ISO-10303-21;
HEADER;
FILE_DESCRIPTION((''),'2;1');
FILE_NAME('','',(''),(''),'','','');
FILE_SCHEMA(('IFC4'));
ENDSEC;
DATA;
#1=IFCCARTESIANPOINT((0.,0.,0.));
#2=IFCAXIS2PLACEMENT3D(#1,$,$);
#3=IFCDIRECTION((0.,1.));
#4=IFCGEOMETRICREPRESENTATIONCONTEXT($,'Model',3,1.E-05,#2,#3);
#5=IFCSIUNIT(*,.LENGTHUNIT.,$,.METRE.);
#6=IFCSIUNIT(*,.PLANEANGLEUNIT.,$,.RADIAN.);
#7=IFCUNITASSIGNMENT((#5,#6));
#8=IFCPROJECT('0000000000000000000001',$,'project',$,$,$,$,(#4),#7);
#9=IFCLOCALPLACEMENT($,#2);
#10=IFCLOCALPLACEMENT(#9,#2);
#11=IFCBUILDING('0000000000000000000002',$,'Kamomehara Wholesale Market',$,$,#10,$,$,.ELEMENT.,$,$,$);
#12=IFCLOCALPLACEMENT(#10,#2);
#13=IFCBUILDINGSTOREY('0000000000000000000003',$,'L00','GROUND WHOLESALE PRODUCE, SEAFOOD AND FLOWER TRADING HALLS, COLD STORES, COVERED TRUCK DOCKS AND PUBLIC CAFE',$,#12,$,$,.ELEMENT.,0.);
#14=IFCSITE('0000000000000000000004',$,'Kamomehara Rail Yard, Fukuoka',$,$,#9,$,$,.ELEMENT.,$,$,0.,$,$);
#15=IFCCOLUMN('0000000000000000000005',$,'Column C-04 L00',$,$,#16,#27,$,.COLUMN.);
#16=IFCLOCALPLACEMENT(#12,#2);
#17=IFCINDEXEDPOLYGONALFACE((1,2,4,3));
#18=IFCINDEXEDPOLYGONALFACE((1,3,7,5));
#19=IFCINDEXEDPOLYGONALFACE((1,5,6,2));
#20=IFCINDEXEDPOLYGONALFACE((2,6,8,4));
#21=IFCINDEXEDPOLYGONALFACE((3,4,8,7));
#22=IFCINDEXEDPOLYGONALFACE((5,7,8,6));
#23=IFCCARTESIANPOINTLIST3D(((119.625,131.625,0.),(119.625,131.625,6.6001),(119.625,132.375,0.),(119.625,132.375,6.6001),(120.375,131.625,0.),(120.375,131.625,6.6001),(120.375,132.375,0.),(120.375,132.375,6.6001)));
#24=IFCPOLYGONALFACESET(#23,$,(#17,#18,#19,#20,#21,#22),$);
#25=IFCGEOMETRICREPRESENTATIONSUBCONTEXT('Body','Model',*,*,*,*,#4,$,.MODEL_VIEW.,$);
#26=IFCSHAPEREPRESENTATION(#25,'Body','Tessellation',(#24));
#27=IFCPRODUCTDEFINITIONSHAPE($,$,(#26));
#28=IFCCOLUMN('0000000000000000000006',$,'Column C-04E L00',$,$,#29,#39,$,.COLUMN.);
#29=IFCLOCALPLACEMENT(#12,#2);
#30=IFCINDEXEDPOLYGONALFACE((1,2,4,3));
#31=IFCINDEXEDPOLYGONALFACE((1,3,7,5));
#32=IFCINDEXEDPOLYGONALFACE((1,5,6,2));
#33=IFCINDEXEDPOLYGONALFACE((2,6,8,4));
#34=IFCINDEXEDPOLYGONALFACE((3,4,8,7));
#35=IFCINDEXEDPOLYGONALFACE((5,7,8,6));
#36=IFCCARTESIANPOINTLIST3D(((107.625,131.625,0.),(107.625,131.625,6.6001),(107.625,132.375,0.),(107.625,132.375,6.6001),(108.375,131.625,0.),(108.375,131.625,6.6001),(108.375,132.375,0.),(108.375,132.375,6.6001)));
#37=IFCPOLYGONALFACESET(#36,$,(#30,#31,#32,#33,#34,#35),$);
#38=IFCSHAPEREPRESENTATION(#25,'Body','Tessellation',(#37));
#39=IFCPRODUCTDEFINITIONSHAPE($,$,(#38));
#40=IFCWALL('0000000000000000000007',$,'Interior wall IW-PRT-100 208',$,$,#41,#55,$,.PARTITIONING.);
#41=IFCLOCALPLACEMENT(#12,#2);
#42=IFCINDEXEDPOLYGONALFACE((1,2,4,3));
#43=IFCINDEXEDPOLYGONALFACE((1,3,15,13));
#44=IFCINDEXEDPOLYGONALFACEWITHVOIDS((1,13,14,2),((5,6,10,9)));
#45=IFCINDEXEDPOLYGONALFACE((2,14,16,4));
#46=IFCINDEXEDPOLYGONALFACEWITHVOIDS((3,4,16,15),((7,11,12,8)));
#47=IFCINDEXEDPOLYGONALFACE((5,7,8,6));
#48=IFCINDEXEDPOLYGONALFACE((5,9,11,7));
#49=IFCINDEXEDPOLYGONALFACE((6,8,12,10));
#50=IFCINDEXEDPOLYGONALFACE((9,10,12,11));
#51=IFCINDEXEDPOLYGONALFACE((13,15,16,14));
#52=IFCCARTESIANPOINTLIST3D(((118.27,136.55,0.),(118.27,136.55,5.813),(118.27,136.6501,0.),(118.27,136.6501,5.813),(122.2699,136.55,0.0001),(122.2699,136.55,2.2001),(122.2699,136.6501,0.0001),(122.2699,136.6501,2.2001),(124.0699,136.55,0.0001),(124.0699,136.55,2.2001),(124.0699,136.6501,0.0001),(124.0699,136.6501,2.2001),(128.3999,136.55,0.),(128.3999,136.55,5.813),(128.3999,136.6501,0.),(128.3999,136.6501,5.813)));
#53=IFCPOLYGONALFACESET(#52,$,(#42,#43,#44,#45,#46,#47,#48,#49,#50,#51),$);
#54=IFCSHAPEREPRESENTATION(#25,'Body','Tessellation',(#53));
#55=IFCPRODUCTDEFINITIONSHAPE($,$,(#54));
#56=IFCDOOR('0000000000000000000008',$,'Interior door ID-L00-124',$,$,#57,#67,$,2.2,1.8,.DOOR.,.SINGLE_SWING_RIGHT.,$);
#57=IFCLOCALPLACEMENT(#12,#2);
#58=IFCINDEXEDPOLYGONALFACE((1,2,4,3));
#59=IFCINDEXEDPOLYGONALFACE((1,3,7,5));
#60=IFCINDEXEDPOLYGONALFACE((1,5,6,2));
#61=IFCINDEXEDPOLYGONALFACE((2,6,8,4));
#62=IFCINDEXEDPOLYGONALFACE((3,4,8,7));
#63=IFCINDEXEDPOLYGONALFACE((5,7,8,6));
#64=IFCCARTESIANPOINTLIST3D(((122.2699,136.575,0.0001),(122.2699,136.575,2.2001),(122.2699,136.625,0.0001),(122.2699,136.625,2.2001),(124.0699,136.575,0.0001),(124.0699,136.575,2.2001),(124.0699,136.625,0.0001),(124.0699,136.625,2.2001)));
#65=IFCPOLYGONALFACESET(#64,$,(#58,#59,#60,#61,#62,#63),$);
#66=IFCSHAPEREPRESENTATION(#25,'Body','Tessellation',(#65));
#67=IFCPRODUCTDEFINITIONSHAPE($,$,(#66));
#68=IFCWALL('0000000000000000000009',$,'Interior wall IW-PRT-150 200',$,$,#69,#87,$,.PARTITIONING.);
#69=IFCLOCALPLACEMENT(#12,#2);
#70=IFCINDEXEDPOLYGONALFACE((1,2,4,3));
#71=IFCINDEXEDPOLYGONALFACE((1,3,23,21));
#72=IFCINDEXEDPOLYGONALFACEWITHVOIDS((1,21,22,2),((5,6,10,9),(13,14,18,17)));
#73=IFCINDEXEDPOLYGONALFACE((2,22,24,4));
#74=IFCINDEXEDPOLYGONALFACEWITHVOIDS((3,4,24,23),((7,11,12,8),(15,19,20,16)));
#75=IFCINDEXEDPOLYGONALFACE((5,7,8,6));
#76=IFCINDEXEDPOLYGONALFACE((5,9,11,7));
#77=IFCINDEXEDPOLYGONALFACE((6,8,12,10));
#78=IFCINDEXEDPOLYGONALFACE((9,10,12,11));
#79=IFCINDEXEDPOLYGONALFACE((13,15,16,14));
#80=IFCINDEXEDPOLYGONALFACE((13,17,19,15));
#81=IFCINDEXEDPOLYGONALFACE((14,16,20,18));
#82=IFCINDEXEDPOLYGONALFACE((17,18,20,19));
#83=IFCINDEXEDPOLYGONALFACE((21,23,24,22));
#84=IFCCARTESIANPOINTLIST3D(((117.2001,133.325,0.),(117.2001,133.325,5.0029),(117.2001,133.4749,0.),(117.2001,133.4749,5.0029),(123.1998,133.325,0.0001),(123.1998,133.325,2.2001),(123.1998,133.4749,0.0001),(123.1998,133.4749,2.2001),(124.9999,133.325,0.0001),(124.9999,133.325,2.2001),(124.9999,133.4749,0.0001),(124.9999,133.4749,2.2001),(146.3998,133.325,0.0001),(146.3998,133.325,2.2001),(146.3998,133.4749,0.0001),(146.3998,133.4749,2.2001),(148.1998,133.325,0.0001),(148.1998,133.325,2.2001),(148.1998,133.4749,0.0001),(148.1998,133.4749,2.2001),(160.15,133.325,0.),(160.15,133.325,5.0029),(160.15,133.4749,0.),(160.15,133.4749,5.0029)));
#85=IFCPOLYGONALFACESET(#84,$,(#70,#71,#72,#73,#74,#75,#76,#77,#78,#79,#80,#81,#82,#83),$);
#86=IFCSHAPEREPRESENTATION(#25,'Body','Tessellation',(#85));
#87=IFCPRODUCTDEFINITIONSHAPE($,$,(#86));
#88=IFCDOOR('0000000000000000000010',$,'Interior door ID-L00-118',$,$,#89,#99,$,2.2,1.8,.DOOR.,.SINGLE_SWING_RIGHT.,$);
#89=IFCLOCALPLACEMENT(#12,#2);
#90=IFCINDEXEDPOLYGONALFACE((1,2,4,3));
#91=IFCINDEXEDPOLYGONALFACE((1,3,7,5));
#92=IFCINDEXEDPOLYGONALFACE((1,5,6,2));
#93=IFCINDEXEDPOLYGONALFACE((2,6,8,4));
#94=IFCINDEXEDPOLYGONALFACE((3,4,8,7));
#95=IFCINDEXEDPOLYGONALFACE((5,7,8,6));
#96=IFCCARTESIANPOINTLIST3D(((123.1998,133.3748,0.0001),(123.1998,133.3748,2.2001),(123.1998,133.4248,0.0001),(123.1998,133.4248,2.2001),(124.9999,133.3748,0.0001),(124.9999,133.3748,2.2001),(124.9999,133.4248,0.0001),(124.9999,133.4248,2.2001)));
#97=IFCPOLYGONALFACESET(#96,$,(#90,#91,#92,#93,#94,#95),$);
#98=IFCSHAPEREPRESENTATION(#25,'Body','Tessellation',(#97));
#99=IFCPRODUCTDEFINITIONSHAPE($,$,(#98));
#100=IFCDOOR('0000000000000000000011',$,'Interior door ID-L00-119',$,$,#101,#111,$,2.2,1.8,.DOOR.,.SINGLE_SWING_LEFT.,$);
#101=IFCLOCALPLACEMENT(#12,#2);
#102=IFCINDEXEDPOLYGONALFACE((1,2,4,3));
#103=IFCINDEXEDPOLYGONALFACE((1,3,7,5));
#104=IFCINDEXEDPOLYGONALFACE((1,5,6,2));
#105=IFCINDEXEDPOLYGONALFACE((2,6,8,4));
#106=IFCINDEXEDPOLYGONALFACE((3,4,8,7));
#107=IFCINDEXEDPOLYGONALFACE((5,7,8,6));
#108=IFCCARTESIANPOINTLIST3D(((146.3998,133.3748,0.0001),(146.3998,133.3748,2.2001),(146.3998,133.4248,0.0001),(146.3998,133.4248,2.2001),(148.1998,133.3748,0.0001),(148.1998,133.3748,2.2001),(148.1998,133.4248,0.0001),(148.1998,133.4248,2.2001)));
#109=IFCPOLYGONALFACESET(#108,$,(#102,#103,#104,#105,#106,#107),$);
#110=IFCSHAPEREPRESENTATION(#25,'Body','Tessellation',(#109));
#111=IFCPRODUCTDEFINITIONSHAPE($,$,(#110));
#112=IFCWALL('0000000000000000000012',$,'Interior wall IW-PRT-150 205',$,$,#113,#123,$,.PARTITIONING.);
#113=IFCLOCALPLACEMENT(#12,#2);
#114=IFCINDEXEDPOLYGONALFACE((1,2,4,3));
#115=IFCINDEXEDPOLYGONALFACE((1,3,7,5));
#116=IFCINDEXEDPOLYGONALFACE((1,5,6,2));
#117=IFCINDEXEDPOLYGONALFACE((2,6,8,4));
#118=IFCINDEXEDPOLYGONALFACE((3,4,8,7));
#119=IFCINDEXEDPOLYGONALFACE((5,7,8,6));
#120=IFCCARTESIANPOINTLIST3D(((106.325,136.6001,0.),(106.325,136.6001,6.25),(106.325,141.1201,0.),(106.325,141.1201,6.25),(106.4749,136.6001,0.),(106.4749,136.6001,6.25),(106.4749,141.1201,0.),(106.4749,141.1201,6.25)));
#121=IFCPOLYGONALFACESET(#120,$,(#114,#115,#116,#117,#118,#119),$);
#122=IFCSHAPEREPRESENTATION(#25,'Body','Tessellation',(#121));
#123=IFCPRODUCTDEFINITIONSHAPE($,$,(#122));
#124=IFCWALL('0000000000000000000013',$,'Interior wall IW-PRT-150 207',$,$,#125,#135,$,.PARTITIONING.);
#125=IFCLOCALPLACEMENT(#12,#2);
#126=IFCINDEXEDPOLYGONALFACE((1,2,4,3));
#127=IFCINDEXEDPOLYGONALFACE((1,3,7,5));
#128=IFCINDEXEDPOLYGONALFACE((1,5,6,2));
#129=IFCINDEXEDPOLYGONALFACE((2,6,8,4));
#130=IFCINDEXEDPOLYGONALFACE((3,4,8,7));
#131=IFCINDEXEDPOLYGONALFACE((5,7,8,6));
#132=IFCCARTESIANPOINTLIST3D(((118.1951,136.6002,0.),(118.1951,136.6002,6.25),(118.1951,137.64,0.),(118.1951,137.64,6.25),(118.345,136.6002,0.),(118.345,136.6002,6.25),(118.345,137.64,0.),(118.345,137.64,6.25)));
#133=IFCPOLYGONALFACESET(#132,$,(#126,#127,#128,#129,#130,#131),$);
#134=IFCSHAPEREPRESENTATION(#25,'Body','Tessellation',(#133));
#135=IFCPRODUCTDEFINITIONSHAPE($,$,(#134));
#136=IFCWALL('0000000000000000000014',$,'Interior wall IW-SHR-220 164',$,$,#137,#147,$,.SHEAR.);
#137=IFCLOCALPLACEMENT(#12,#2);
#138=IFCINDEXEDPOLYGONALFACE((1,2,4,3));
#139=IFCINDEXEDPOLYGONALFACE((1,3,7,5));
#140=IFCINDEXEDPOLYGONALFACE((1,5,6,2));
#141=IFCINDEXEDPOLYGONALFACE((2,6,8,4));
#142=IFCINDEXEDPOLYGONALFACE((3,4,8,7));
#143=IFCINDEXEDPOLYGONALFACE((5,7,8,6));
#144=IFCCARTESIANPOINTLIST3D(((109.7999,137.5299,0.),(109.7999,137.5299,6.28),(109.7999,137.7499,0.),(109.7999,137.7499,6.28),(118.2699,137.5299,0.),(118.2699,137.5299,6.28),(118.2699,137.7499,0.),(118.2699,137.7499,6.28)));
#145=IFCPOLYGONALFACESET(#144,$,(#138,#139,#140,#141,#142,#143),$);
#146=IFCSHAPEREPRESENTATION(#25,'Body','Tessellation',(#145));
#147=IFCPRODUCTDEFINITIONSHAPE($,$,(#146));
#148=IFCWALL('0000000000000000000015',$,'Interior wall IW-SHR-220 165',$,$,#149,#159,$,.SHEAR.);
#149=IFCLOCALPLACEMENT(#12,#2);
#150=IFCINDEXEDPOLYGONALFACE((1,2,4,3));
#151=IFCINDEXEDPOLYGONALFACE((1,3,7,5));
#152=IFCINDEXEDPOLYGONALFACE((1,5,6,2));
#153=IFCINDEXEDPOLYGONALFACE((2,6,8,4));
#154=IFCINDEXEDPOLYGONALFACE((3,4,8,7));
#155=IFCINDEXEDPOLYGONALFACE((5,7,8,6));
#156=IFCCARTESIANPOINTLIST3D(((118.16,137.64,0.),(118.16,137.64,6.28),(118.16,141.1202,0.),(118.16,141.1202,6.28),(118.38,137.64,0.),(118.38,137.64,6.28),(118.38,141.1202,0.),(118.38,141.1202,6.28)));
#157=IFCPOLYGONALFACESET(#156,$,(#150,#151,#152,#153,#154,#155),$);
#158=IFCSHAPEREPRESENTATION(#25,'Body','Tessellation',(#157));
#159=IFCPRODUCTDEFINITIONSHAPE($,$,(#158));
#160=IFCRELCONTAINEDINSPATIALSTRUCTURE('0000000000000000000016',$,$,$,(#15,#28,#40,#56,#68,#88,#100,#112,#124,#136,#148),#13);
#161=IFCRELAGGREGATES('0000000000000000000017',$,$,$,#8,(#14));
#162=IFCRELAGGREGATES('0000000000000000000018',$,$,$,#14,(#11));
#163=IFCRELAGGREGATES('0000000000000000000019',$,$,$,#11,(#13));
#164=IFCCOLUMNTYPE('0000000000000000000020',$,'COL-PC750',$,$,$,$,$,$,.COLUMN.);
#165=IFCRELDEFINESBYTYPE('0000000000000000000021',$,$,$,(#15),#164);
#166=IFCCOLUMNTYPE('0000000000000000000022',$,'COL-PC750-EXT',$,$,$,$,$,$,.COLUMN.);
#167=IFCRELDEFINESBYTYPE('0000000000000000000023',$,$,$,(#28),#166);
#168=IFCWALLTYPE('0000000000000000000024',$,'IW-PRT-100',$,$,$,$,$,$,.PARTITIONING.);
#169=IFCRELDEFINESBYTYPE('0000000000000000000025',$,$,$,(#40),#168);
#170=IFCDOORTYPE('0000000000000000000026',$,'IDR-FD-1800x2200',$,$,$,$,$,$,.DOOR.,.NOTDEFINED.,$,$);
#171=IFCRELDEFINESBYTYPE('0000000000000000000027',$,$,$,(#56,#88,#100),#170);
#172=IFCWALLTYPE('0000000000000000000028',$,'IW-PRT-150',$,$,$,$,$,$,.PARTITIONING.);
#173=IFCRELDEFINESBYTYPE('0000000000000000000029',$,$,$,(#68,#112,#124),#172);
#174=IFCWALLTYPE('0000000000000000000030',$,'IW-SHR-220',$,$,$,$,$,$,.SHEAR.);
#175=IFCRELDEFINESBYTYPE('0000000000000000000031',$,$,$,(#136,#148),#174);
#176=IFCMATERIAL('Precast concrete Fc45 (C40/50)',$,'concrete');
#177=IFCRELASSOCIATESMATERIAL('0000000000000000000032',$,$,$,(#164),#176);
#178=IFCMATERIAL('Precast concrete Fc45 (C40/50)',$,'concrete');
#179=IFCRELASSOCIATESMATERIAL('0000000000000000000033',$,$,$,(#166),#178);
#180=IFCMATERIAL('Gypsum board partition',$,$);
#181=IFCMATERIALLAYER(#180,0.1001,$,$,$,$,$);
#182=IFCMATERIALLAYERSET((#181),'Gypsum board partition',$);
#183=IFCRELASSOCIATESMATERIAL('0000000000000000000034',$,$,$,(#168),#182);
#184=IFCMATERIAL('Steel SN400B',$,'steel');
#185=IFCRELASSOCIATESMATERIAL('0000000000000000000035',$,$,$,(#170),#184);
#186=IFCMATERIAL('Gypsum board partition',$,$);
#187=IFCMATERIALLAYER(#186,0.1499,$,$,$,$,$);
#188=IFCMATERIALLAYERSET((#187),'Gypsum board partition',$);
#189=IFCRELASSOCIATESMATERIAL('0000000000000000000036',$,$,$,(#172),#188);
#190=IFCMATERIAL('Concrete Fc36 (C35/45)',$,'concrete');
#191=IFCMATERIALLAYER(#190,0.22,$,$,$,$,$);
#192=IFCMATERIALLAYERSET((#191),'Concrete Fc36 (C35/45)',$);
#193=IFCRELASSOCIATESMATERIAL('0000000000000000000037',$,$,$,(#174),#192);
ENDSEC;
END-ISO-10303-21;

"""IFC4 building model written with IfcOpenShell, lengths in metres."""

from ifc_helpers import new_model, si_unit, direction, frame, frame_2d, origin, origin_2d, place, context, subcontext, project, spatial, rectangle, extrude, material, layer, layer_set, material_profile, profile_set, type_object, element, fill, save


model = new_model("IFC4")

# Units and contexts
model_context = context("Model", 3, precision=1e-05, world=origin(), true_north=direction((0.0, 1.0)))
body_context = subcontext(model_context, "Body", "Model", "MODEL_VIEW")
ifc_project = project(units=[si_unit("LENGTHUNIT", "METRE"), si_unit("PLANEANGLEUNIT", "RADIAN")], contexts=[model_context])

# Site, building, storey
site_placement = place(None, origin())
site = spatial("IfcSite", under=ifc_project, at=site_placement, Name="Kamomehara Rail Yard, Fukuoka", CompositionType="ELEMENT", RefElevation=0.0)
building_placement = place(site_placement, origin())
building = spatial("IfcBuilding", under=site, at=building_placement, Name="Kamomehara Wholesale Market", CompositionType="ELEMENT")
storey_placement = place(building_placement, origin())
storey = spatial("IfcBuildingStorey", under=building, at=storey_placement, Name="L00", Description="GROUND WHOLESALE PRODUCE, SEAFOOD AND FLOWER TRADING HALLS, COLD STORES, COVERED TRUCK DOCKS AND PUBLIC CAFE", CompositionType="ELEMENT", Elevation=0.0)

# Columns
ifc_material_1 = material(Name="Precast concrete Fc45 (C40/50)", Category="concrete")
ifc_material_profile_1 = material_profile(ifc_material_1, rectangle(XDim=0.75, YDim=0.75, at=origin_2d()), Name="PC-COL-750x750")
ifc_profile_set_1 = profile_set([ifc_material_profile_1], Name="Precast concrete Fc45 (C40/50)")
column_type_1 = type_object("IfcColumnType", Name="COL-PC750", PredefinedType="COLUMN", material=ifc_profile_set_1)
column_1_placement = place(storey_placement, frame((120.0, 132.0, 0.0), z_axis=(0.0, 0.0, 1.0), x_axis=(1.0, 0.0, 0.0)))
element("IfcColumn", 1, at=column_1_placement, inside=storey, type_object=column_type_1, Name="Column C-04 L00", PredefinedType="COLUMN", context=body_context, shape_type="SweptSolid", body=[
    extrude(rectangle(XDim=0.75, YDim=0.75, at=origin_2d()), origin(), (0.0, 0.0, 1.0), 6.6001),
])
ifc_material_2 = material(Name="Precast concrete Fc45 (C40/50)", Category="concrete")
ifc_material_profile_2 = material_profile(ifc_material_2, rectangle(XDim=0.75, YDim=0.75, at=origin_2d()), Name="PC-COL-750x750")
ifc_profile_set_2 = profile_set([ifc_material_profile_2], Name="Precast concrete Fc45 (C40/50)")
column_type_2 = type_object("IfcColumnType", Name="COL-PC750-EXT", PredefinedType="COLUMN", material=ifc_profile_set_2)
column_2_placement = place(storey_placement, frame((108.0, 132.0, 0.0), z_axis=(0.0, 0.0, 1.0), x_axis=(1.0, 0.0, 0.0)))
element("IfcColumn", 2, at=column_2_placement, inside=storey, type_object=column_type_2, Name="Column C-04E L00", PredefinedType="COLUMN", context=body_context, shape_type="SweptSolid", body=[
    extrude(rectangle(XDim=0.75, YDim=0.75, at=origin_2d()), origin(), (0.0, 0.0, 1.0), 6.6001),
])

# Wall, opening, door
ifc_material_3 = material(Name="Gypsum board partition")
ifc_layer_1 = layer(ifc_material_3, 0.1001)
ifc_layer_set_1 = layer_set([ifc_layer_1], Name="Gypsum board partition")
wall_type_1 = type_object("IfcWallType", Name="IW-PRT-100", PredefinedType="PARTITIONING", material=ifc_layer_set_1)
wall_1_placement = place(storey_placement, frame((118.27, 136.6001, 0.0), z_axis=(0.0, 0.0, 1.0), x_axis=(1.0, 0.0, 0.0)))
wall_1 = element("IfcWall", 3, at=wall_1_placement, inside=storey, type_object=wall_type_1, Name="Interior wall IW-PRT-100 208", PredefinedType="PARTITIONING", context=body_context, shape_type="SweptSolid", body=[
    extrude(rectangle(XDim=10.1299, YDim=0.1001, at=frame_2d((5.0649, 0.0))), origin(), (0.0, 0.0, 1.0), 5.813),
])
opening_1_placement = place(wall_1_placement, frame((4.0, 0.0, 0.0)))
opening_1 = element("IfcOpeningElement", 4, at=opening_1_placement, cuts=wall_1, PredefinedType="OPENING", context=body_context, shape_type="SweptSolid", body=[
    extrude(rectangle(XDim=1.8, YDim=2.2, at=frame_2d((0.8999, 1.1001))), frame((0.0, 0.0649, 0.0), z_axis=(0.0, -1.0, 0.0), x_axis=(1.0, 0.0, 0.0)), (0.0, 0.0, 1.0), 0.1299),
])
ifc_material_4 = material(Name="Steel SN400B", Category="steel")
door_type = type_object("IfcDoorType", Name="IDR-FD-1800x2200", OperationType="NOTDEFINED", PredefinedType="DOOR", material=ifc_material_4)
door_1_placement = place(opening_1_placement, origin())
door_1 = element("IfcDoor", 5, at=door_1_placement, inside=storey, type_object=door_type, Name="Interior door ID-L00-124", OperationType="SINGLE_SWING_RIGHT", OverallHeight=2.2, OverallWidth=1.8, PredefinedType="DOOR", context=body_context, shape_type="SweptSolid", body=[
    extrude(rectangle(XDim=1.8, YDim=2.2, at=frame_2d((0.8999, 1.1001))), frame((0.0, 0.0249, 0.0), z_axis=(0.0, -1.0, 0.0), x_axis=(1.0, 0.0, 0.0)), (0.0, 0.0, 1.0), 0.05),
])
fill(opening_1, door_1)

# Wall, openings, doors
ifc_material_5 = material(Name="Gypsum board partition")
ifc_layer_2 = layer(ifc_material_5, 0.1499)
ifc_layer_set_2 = layer_set([ifc_layer_2], Name="Gypsum board partition")
wall_type_2 = type_object("IfcWallType", Name="IW-PRT-150", PredefinedType="PARTITIONING", material=ifc_layer_set_2)
wall_2_placement = place(storey_placement, frame((117.2, 133.3999, 0.0), z_axis=(0.0, 0.0, 1.0), x_axis=(1.0, 0.0, 0.0)))
wall_2 = element("IfcWall", 6, at=wall_2_placement, inside=storey, type_object=wall_type_2, Name="Interior wall IW-PRT-150 200", PredefinedType="PARTITIONING", context=body_context, shape_type="SweptSolid", body=[
    extrude(rectangle(XDim=42.95, YDim=0.1499, at=frame_2d((21.4751, 0.0))), origin(), (0.0, 0.0, 1.0), 5.0029),
])
opening_2_placement = place(wall_2_placement, frame((6.0, 0.0, 0.0)))
opening_2 = element("IfcOpeningElement", 7, at=opening_2_placement, cuts=wall_2, PredefinedType="OPENING", context=body_context, shape_type="SweptSolid", body=[
    extrude(rectangle(XDim=1.8, YDim=2.2, at=frame_2d((0.8999, 1.1001))), frame((0.0, 0.0898, 0.0), z_axis=(0.0, -1.0, 0.0), x_axis=(1.0, 0.0, 0.0)), (0.0, 0.0, 1.0), 0.1797),
])
opening_3_placement = place(wall_2_placement, frame((29.2, 0.0, 0.0)))
opening_3 = element("IfcOpeningElement", 8, at=opening_3_placement, cuts=wall_2, PredefinedType="OPENING", context=body_context, shape_type="SweptSolid", body=[
    extrude(rectangle(XDim=1.8, YDim=2.2, at=frame_2d((0.8999, 1.1001))), frame((0.0, 0.0898, 0.0), z_axis=(0.0, -1.0, 0.0), x_axis=(1.0, 0.0, 0.0)), (0.0, 0.0, 1.0), 0.1797),
])
door_2_placement = place(opening_2_placement, origin())
door_2 = element("IfcDoor", 9, at=door_2_placement, inside=storey, type_object=door_type, Name="Interior door ID-L00-118", OperationType="SINGLE_SWING_RIGHT", OverallHeight=2.2, OverallWidth=1.8, PredefinedType="DOOR", context=body_context, shape_type="SweptSolid", body=[
    extrude(rectangle(XDim=1.8, YDim=2.2, at=frame_2d((0.8999, 1.1001))), frame((0.0, 0.0249, 0.0), z_axis=(0.0, -1.0, 0.0), x_axis=(1.0, 0.0, 0.0)), (0.0, 0.0, 1.0), 0.05),
])
fill(opening_2, door_2)
door_3_placement = place(opening_3_placement, origin())
door_3 = element("IfcDoor", 10, at=door_3_placement, inside=storey, type_object=door_type, Name="Interior door ID-L00-119", OperationType="SINGLE_SWING_LEFT", OverallHeight=2.2, OverallWidth=1.8, PredefinedType="DOOR", context=body_context, shape_type="SweptSolid", body=[
    extrude(rectangle(XDim=1.8, YDim=2.2, at=frame_2d((0.8999, 1.1001))), frame((0.0, 0.0249, 0.0), z_axis=(0.0, -1.0, 0.0), x_axis=(1.0, 0.0, 0.0)), (0.0, 0.0, 1.0), 0.05),
])
fill(opening_3, door_3)

# Walls
wall_3_placement = place(storey_placement, frame((106.3999, 136.6001, 0.0), z_axis=(0.0, 0.0, 1.0), x_axis=(0.0, 1.0, 0.0)))
element("IfcWall", 11, at=wall_3_placement, inside=storey, type_object=wall_type_2, Name="Interior wall IW-PRT-150 205", PredefinedType="PARTITIONING", context=body_context, shape_type="SweptSolid", body=[
    extrude(rectangle(XDim=4.52, YDim=0.1499, at=frame_2d((2.26, 0.0))), origin(), (0.0, 0.0, 1.0), 6.25),
])
wall_4_placement = place(storey_placement, frame((118.27, 136.6001, 0.0), z_axis=(0.0, 0.0, 1.0), x_axis=(0.0, 1.0, 0.0)))
element("IfcWall", 12, at=wall_4_placement, inside=storey, type_object=wall_type_2, Name="Interior wall IW-PRT-150 207", PredefinedType="PARTITIONING", context=body_context, shape_type="SweptSolid", body=[
    extrude(rectangle(XDim=1.0398, YDim=0.1499, at=frame_2d((0.52, 0.0))), origin(), (0.0, 0.0, 1.0), 6.25),
])
ifc_material_6 = material(Name="Concrete Fc36 (C35/45)", Category="concrete")
ifc_layer_3 = layer(ifc_material_6, 0.22)
ifc_layer_set_3 = layer_set([ifc_layer_3], Name="Concrete Fc36 (C35/45)")
wall_type_3 = type_object("IfcWallType", Name="IW-SHR-220", PredefinedType="SHEAR", material=ifc_layer_set_3)
wall_5_placement = place(storey_placement, frame((109.8, 137.6399, 0.0), z_axis=(0.0, 0.0, 1.0), x_axis=(1.0, 0.0, 0.0)))
element("IfcWall", 13, at=wall_5_placement, inside=storey, type_object=wall_type_3, Name="Interior wall IW-SHR-220 164", PredefinedType="SHEAR", context=body_context, shape_type="SweptSolid", body=[
    extrude(rectangle(XDim=8.47, YDim=0.22, at=frame_2d((4.2349, 0.0))), origin(), (0.0, 0.0, 1.0), 6.28),
])
wall_6_placement = place(storey_placement, frame((118.27, 137.6399, 0.0), z_axis=(0.0, 0.0, 1.0), x_axis=(0.0, 1.0, 0.0)))
element("IfcWall", 14, at=wall_6_placement, inside=storey, type_object=wall_type_3, Name="Interior wall IW-SHR-220 165", PredefinedType="SHEAR", context=body_context, shape_type="SweptSolid", body=[
    extrude(rectangle(XDim=3.4802, YDim=0.22, at=frame_2d((1.7402, 0.0))), origin(), (0.0, 0.0, 1.0), 6.28),
])

save(model, "model.ifc")
